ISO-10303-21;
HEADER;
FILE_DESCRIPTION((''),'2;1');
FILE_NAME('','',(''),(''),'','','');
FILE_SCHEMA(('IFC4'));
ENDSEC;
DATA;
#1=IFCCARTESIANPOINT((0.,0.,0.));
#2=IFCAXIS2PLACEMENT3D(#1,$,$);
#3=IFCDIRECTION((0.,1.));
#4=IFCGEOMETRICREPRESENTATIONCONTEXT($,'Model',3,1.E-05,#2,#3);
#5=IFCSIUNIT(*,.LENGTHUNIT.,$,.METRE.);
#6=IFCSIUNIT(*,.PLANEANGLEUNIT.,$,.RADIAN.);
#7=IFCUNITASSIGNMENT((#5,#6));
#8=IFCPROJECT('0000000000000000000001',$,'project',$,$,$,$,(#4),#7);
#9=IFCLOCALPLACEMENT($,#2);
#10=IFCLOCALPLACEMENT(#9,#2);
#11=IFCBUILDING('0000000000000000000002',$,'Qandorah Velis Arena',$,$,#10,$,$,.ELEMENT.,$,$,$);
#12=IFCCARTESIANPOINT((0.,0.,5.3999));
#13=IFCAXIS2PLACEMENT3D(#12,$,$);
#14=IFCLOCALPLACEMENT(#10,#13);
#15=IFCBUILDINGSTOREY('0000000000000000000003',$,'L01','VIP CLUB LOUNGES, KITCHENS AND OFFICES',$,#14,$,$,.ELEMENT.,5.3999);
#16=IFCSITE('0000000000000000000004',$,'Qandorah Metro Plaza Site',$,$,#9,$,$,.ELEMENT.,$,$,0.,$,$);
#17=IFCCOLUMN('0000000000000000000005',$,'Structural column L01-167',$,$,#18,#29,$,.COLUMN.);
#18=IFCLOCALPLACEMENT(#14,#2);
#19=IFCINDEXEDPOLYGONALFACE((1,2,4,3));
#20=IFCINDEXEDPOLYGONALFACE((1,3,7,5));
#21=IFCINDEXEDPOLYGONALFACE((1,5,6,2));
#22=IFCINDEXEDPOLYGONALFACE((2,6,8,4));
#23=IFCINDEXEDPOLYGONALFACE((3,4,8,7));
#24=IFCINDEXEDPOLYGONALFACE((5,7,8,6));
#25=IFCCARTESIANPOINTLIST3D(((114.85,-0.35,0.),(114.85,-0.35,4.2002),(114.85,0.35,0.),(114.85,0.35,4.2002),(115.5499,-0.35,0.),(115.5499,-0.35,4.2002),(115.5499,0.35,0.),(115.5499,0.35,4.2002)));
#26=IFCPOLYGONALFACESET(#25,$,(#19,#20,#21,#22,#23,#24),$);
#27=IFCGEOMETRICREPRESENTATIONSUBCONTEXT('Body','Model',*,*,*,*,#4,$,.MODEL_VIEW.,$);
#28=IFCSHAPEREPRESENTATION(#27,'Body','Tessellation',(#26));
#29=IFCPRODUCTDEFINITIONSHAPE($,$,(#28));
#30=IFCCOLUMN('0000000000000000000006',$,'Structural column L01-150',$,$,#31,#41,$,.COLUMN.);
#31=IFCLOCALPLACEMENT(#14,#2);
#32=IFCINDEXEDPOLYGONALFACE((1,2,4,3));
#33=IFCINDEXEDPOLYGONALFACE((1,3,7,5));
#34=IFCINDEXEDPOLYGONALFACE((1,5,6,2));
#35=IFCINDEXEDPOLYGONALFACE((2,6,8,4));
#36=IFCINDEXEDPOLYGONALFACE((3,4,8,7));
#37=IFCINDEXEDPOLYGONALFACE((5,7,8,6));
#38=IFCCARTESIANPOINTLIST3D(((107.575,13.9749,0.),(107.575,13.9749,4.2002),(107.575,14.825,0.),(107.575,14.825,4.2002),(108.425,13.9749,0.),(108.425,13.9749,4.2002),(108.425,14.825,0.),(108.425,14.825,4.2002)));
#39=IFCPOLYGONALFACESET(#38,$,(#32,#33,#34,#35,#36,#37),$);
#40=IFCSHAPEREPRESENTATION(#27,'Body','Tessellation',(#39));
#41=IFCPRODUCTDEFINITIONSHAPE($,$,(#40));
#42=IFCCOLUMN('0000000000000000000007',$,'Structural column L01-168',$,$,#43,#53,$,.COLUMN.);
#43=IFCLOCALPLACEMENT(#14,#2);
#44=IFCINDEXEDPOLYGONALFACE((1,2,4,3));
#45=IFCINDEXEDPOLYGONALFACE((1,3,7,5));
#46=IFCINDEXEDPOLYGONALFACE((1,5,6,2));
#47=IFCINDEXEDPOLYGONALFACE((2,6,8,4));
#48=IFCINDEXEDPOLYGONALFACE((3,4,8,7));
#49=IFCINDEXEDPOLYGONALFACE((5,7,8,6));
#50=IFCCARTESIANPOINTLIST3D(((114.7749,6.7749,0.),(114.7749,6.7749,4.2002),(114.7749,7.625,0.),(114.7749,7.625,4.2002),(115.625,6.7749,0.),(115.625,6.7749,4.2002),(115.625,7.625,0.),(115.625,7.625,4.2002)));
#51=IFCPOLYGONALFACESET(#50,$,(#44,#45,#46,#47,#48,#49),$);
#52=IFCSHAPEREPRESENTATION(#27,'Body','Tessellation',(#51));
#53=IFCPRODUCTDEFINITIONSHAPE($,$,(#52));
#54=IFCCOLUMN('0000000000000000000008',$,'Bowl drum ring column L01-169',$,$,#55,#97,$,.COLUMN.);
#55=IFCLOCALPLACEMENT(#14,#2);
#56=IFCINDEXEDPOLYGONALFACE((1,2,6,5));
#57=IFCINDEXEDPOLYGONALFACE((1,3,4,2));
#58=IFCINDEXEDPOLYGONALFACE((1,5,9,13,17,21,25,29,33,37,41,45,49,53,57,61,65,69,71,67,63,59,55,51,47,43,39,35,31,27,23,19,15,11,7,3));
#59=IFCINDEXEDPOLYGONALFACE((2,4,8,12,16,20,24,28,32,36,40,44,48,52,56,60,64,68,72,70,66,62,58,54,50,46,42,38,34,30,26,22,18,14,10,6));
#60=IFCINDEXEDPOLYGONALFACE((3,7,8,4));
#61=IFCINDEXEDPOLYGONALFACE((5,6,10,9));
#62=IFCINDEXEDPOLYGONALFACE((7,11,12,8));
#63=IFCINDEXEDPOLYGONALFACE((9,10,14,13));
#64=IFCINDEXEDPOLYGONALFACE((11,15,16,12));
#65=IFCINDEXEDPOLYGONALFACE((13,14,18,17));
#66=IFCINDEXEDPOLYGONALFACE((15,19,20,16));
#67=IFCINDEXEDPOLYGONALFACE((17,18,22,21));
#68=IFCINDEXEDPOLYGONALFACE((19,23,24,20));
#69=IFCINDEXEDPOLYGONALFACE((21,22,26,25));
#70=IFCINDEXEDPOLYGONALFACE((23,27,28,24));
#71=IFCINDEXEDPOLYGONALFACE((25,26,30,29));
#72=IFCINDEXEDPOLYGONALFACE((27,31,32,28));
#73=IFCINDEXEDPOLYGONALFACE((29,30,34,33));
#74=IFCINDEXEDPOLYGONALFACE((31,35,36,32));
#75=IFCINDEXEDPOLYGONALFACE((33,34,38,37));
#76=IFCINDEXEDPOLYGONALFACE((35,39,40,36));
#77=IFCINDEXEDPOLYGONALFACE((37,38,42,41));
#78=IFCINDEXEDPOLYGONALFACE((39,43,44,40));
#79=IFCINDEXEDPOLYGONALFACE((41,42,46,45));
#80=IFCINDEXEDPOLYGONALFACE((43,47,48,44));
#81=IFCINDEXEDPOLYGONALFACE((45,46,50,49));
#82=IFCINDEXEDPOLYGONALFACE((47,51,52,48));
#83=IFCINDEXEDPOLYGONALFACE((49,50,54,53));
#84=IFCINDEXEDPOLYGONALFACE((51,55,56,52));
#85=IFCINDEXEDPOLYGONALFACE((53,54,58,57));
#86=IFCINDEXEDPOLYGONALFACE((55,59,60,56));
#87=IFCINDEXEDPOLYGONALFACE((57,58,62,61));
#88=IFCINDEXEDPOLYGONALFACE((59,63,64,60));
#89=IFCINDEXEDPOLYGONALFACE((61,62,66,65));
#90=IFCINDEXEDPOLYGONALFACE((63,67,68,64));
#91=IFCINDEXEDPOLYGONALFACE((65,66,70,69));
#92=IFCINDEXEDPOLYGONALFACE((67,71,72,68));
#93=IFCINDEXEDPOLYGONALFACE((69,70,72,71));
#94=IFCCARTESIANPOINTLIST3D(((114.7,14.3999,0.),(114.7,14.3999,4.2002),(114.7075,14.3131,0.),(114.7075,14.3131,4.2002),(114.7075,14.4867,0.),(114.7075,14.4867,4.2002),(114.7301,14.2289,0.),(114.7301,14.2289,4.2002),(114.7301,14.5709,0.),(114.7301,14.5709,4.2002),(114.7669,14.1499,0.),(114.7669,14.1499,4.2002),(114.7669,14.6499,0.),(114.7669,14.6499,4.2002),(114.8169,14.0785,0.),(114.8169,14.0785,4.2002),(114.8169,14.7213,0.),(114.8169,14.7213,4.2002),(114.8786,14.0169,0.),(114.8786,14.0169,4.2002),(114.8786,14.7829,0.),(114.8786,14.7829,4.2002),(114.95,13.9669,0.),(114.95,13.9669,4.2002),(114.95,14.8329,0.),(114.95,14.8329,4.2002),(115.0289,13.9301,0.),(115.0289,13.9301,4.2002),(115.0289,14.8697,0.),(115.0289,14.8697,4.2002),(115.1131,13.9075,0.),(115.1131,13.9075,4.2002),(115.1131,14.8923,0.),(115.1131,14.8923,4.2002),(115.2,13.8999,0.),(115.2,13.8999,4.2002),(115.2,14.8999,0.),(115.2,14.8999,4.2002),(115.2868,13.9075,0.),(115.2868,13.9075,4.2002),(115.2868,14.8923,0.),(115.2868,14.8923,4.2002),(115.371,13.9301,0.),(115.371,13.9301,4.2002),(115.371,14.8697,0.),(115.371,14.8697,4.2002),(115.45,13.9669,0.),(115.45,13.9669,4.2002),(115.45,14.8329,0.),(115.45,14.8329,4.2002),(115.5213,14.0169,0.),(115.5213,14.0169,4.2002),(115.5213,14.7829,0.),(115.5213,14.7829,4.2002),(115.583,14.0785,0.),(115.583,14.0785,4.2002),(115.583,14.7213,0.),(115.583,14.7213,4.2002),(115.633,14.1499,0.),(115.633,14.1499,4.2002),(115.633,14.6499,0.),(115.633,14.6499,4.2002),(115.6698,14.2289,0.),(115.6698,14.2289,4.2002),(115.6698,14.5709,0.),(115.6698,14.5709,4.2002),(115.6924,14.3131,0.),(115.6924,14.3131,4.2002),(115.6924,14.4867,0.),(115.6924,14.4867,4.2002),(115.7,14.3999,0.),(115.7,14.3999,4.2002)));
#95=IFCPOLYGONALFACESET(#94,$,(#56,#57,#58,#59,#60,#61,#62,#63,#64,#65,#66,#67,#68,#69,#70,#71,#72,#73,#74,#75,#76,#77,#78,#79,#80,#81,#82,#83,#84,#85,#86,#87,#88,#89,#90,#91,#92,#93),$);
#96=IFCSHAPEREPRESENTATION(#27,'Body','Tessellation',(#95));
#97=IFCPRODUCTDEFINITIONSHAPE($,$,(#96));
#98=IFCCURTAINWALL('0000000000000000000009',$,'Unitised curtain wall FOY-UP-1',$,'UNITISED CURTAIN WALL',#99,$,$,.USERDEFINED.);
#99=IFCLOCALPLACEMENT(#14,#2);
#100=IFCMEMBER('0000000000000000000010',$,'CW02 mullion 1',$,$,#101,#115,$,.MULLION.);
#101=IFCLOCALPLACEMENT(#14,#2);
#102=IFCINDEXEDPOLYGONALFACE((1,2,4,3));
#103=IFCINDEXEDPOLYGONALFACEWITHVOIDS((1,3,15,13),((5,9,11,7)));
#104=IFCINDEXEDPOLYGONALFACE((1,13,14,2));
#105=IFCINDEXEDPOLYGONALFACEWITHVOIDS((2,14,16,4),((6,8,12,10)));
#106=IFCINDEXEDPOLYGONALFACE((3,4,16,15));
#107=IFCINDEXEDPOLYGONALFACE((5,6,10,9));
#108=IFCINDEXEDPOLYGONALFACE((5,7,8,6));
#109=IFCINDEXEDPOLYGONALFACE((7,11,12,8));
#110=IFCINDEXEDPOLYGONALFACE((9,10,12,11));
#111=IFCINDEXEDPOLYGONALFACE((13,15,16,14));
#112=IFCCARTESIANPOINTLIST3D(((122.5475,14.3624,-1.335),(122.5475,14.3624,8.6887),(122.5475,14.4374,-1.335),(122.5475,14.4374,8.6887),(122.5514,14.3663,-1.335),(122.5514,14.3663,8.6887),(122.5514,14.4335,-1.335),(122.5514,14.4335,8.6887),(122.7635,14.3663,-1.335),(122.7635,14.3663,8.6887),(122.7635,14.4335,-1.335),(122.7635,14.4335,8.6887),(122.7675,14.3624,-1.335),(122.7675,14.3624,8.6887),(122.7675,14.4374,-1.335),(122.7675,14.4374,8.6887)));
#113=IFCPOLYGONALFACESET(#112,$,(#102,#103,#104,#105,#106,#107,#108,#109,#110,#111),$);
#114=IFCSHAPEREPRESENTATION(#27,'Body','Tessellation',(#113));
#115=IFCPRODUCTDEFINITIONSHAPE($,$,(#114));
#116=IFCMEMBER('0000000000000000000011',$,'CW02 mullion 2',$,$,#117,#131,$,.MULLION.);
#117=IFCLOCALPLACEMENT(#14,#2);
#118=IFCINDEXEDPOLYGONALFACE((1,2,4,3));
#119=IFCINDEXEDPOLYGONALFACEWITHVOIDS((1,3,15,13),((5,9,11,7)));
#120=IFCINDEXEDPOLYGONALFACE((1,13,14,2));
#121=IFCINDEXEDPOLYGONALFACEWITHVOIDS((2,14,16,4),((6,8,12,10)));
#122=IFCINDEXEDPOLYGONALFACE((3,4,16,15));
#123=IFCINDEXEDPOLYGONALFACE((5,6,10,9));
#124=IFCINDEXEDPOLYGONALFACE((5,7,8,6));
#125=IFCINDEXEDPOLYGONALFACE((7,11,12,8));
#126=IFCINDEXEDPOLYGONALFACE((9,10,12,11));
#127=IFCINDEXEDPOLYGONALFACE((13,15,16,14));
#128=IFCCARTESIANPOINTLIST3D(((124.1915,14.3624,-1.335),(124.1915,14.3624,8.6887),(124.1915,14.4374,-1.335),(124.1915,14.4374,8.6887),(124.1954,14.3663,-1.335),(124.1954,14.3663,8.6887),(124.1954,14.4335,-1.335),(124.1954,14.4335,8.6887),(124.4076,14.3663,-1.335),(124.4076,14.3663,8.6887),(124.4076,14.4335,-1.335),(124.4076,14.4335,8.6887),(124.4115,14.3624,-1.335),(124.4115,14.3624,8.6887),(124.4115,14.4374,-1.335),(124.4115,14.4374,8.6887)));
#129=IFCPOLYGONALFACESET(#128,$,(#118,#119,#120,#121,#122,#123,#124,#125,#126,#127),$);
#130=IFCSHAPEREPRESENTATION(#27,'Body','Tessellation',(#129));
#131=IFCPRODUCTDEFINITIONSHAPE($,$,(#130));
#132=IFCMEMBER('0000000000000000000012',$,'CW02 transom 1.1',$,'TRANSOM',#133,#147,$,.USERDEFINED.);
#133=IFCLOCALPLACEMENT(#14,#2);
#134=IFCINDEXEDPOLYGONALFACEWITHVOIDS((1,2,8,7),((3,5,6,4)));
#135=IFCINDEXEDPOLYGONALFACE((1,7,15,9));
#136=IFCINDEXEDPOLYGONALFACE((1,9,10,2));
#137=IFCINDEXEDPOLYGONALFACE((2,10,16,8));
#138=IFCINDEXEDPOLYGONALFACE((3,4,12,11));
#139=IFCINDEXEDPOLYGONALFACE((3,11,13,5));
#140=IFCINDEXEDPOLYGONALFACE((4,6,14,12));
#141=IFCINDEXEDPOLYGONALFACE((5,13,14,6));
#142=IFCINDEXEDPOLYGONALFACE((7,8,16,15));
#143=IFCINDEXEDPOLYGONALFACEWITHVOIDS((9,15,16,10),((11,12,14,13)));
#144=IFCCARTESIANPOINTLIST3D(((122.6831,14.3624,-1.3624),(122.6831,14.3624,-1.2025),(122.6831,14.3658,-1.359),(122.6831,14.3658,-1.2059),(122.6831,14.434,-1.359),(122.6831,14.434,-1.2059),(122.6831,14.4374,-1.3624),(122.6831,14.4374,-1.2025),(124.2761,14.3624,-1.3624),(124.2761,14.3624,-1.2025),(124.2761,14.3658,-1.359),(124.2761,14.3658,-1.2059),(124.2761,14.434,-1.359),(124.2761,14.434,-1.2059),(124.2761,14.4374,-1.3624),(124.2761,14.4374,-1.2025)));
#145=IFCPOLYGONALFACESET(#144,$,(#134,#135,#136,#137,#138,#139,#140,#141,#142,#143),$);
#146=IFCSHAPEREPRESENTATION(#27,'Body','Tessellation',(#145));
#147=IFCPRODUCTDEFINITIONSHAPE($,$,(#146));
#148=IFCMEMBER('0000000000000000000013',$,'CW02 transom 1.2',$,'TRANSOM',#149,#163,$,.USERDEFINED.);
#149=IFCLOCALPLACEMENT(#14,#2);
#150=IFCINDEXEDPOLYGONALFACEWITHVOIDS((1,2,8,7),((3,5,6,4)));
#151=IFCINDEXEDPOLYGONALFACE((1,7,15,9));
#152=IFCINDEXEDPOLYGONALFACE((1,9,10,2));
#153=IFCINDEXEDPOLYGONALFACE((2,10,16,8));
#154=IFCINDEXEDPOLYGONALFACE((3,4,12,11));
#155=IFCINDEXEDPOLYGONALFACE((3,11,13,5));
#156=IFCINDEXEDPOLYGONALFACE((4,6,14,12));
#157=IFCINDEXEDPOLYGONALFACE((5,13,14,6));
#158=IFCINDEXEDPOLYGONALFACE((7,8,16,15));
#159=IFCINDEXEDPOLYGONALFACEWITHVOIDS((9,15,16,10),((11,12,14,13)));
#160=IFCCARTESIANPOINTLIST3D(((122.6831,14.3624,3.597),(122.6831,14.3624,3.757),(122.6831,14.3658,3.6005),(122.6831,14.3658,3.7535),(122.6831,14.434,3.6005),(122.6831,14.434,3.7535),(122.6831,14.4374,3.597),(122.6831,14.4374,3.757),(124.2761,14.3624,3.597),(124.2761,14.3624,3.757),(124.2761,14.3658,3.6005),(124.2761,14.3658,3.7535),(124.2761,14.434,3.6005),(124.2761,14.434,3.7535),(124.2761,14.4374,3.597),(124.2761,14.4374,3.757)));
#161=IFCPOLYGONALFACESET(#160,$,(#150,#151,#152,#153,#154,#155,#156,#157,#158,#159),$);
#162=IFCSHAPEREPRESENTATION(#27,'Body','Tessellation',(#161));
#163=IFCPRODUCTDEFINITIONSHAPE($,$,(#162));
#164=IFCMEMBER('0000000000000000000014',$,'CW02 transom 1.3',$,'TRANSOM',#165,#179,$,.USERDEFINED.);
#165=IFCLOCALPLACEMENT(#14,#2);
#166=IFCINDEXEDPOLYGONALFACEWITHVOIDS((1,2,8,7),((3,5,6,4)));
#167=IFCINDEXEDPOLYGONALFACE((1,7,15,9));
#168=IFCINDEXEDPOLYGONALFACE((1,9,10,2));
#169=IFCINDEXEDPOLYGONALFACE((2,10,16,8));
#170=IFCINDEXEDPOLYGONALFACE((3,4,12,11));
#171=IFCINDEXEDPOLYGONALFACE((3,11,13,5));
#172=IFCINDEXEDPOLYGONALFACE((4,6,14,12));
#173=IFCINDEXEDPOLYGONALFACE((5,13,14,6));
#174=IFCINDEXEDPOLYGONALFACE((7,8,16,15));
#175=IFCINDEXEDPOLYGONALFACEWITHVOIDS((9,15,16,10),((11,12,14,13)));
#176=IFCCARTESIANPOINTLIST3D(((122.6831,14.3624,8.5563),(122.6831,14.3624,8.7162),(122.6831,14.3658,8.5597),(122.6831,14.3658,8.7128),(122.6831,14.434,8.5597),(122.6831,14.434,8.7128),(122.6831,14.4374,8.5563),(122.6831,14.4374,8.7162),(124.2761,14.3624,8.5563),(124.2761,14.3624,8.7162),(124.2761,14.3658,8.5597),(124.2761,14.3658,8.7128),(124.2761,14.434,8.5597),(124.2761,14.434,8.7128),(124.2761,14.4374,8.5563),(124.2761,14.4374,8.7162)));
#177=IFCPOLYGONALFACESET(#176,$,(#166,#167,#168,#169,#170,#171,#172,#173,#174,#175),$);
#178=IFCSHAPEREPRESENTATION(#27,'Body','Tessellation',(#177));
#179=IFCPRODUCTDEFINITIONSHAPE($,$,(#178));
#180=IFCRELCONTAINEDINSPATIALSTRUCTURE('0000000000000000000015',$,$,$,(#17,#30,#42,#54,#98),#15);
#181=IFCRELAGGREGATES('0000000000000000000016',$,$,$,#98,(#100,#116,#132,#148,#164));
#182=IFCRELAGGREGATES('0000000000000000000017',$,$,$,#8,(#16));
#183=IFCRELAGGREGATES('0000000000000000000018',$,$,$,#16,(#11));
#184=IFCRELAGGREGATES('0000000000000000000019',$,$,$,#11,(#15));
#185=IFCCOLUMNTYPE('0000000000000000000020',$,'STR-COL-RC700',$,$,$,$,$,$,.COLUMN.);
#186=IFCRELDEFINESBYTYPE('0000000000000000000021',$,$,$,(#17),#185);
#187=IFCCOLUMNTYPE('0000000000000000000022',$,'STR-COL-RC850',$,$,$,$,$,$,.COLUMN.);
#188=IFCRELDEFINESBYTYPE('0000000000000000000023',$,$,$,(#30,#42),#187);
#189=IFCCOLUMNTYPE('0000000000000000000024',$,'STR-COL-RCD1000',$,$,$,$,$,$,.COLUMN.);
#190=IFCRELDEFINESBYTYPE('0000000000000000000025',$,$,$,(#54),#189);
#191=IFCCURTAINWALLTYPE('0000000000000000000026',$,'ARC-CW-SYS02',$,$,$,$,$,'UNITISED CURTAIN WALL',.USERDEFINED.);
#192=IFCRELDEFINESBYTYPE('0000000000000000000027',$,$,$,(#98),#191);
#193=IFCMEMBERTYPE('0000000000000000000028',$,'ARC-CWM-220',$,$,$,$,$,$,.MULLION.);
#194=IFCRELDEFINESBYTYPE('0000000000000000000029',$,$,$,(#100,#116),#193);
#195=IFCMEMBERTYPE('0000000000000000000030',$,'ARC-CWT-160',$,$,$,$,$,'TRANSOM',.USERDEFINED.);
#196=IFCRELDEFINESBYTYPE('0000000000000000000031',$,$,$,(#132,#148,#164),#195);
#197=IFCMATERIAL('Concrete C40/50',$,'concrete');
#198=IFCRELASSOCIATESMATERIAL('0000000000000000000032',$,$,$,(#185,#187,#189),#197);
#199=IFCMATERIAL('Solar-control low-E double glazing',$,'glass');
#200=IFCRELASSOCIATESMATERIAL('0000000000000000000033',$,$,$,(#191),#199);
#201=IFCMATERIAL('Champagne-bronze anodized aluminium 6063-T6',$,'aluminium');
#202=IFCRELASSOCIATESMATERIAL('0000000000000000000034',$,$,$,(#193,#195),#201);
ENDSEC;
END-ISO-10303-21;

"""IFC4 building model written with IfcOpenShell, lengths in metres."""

from ifc_helpers import new_model, si_unit, direction, frame, origin, origin_2d, place, context, subcontext, project, spatial, rectangle, hollow_rectangle, circle, extrude, material, material_profile, profile_set, type_object, element, aggregate, save


model = new_model("IFC4")

# Units and contexts
model_context = context("Model", 3, precision=1e-05, world=origin(), true_north=direction((0.0, 1.0)))
body_context = subcontext(model_context, "Body", "Model", "MODEL_VIEW")
ifc_project = project(units=[si_unit("LENGTHUNIT", "METRE"), si_unit("PLANEANGLEUNIT", "RADIAN")], contexts=[model_context])

# Site, building, storey
site_placement = place(None, origin())
site = spatial("IfcSite", under=ifc_project, at=site_placement, Name="Qandorah Metro Plaza Site", CompositionType="ELEMENT", RefElevation=0.0)
building_placement = place(site_placement, origin())
building = spatial("IfcBuilding", under=site, at=building_placement, Name="Qandorah Velis Arena", CompositionType="ELEMENT")
storey_placement = place(building_placement, frame((0.0, 0.0, 5.3999)))
storey = spatial("IfcBuildingStorey", under=building, at=storey_placement, Name="L01", Description="VIP CLUB LOUNGES, KITCHENS AND OFFICES", CompositionType="ELEMENT", Elevation=5.3999)

# Columns
ifc_material_1 = material(Name="Concrete C40/50", Category="concrete")
ifc_material_profile_1 = material_profile(ifc_material_1, rectangle(XDim=0.7, YDim=0.7, at=origin_2d()), Name="RC COL 700x700")
ifc_profile_set_1 = profile_set([ifc_material_profile_1], Name="Concrete C40/50")
column_type_1 = type_object("IfcColumnType", Name="STR-COL-RC700", PredefinedType="COLUMN", material=ifc_profile_set_1)
column_1_placement = place(storey_placement, frame((115.2, 0.0, 0.0), z_axis=(0.0, 0.0, 1.0), x_axis=(1.0, 0.0, 0.0)))
element("IfcColumn", 1, at=column_1_placement, inside=storey, type_object=column_type_1, Name="Structural column L01-167", PredefinedType="COLUMN", context=body_context, shape_type="SweptSolid", body=[
    extrude(rectangle(XDim=0.7, YDim=0.7, at=origin_2d()), origin(), (0.0, 0.0, 1.0), 4.2002),
])
ifc_material_profile_2 = material_profile(ifc_material_1, rectangle(XDim=0.8501, YDim=0.8501, at=origin_2d()), Name="RC COL 850x850")
ifc_profile_set_2 = profile_set([ifc_material_profile_2], Name="Concrete C40/50")
column_type_2 = type_object("IfcColumnType", Name="STR-COL-RC850", PredefinedType="COLUMN", material=ifc_profile_set_2)
for number, where, z_axis, x_axis, name in (
    (2, (108.0, 14.3999, 0.0), (0.0, 0.0, 1.0), (1.0, 0.0, 0.0), "Structural column L01-150"),
    (3, (115.2, 7.2, 0.0), (0.0, 0.0, 1.0), (1.0, 0.0, 0.0), "Structural column L01-168"),
):
    element("IfcColumn", number, at=place(storey_placement, frame(where, z_axis=z_axis, x_axis=x_axis)), inside=storey, type_object=column_type_2, Name=name, PredefinedType="COLUMN", context=body_context, shape_type="SweptSolid", body=[
        extrude(rectangle(XDim=0.8501, YDim=0.8501, at=origin_2d()), origin(), (0.0, 0.0, 1.0), 4.2002),
    ])
ifc_material_profile_3 = material_profile(ifc_material_1, circle(Radius=0.5, at=origin_2d()), Name="RC D1000")
ifc_profile_set_3 = profile_set([ifc_material_profile_3], Name="Concrete C40/50")
column_type_3 = type_object("IfcColumnType", Name="STR-COL-RCD1000", PredefinedType="COLUMN", material=ifc_profile_set_3)
column_2_placement = place(storey_placement, frame((115.2, 14.3999, 0.0), z_axis=(0.0, 0.0, 1.0), x_axis=(1.0, 0.0, 0.0)))
element("IfcColumn", 4, at=column_2_placement, inside=storey, type_object=column_type_3, Name="Bowl drum ring column L01-169", PredefinedType="COLUMN", context=body_context, shape_type="SweptSolid", body=[
    extrude(circle(Radius=0.5, at=origin_2d()), origin(), (0.0, 0.0, 1.0), 4.2002),
])

# Curtain wall, members
ifc_material_2 = material(Name="Solar-control low-E double glazing", Category="glass")
curtain_wall_type = type_object("IfcCurtainWallType", Name="ARC-CW-SYS02", ElementType="UNITISED CURTAIN WALL", PredefinedType="USERDEFINED", material=ifc_material_2)
curtain_wall_placement = place(storey_placement, origin())
curtain_wall = element("IfcCurtainWall", 5, at=curtain_wall_placement, inside=storey, type_object=curtain_wall_type, Name="Unitised curtain wall FOY-UP-1", ObjectType="UNITISED CURTAIN WALL", PredefinedType="USERDEFINED")
ifc_material_3 = material(Name="Champagne-bronze anodized aluminium 6063-T6", Category="aluminium")
ifc_material_profile_4 = material_profile(ifc_material_3, hollow_rectangle(XDim=0.075, YDim=0.22, WallThickness=0.0039, at=origin_2d()), Name="ALU MULLION 75x220")
ifc_profile_set_4 = profile_set([ifc_material_profile_4], Name="Champagne-bronze anodized aluminium 6063-T6")
member_type_1 = type_object("IfcMemberType", Name="ARC-CWM-220", PredefinedType="MULLION", material=ifc_profile_set_4)
member_1_placement = place(storey_placement, frame((122.6575, 14.3999, -1.335), z_axis=(0.0, 0.0, 1.0), x_axis=(0.0, 1.0, 0.0)))
member_1 = element("IfcMember", 6, at=member_1_placement, type_object=member_type_1, Name="CW02 mullion 1", PredefinedType="MULLION", context=body_context, shape_type="SweptSolid", body=[
    extrude(hollow_rectangle(XDim=0.075, YDim=0.22, WallThickness=0.0039, at=origin_2d()), origin(), (0.0, 0.0, 1.0), 10.0237),
])
member_2_placement = place(storey_placement, frame((124.3015, 14.3999, -1.335), z_axis=(0.0, 0.0, 1.0), x_axis=(0.0, 1.0, 0.0)))
member_2 = element("IfcMember", 7, at=member_2_placement, type_object=member_type_1, Name="CW02 mullion 2", PredefinedType="MULLION", context=body_context, shape_type="SweptSolid", body=[
    extrude(hollow_rectangle(XDim=0.075, YDim=0.22, WallThickness=0.0039, at=origin_2d()), origin(), (0.0, 0.0, 1.0), 10.0237),
])
ifc_material_profile_5 = material_profile(ifc_material_3, hollow_rectangle(XDim=0.075, YDim=0.1599, WallThickness=0.0034, at=origin_2d()), Name="ALU TRANSOM 75x160")
ifc_profile_set_5 = profile_set([ifc_material_profile_5], Name="Champagne-bronze anodized aluminium 6063-T6")
member_type_2 = type_object("IfcMemberType", Name="ARC-CWT-160", ElementType="TRANSOM", PredefinedType="USERDEFINED", material=ifc_profile_set_5)
member_3_placement = place(storey_placement, frame((122.6831, 14.3999, -1.2825), z_axis=(1.0, 0.0, 0.0), x_axis=(0.0, 1.0, 0.0)))
member_3 = element("IfcMember", 8, at=member_3_placement, type_object=member_type_2, Name="CW02 transom 1.1", ObjectType="TRANSOM", PredefinedType="USERDEFINED", context=body_context, shape_type="SweptSolid", body=[
    extrude(hollow_rectangle(XDim=0.075, YDim=0.1599, WallThickness=0.0034, at=origin_2d()), origin(), (0.0, 0.0, 1.0), 1.593),
])
member_4_placement = place(storey_placement, frame((122.6831, 14.3999, 3.677), z_axis=(1.0, 0.0, 0.0), x_axis=(0.0, 1.0, 0.0)))
member_4 = element("IfcMember", 9, at=member_4_placement, type_object=member_type_2, Name="CW02 transom 1.2", ObjectType="TRANSOM", PredefinedType="USERDEFINED", context=body_context, shape_type="SweptSolid", body=[
    extrude(hollow_rectangle(XDim=0.075, YDim=0.1599, WallThickness=0.0034, at=origin_2d()), origin(), (0.0, 0.0, 1.0), 1.593),
])
member_5_placement = place(storey_placement, frame((122.6831, 14.3999, 8.6362), z_axis=(1.0, 0.0, 0.0), x_axis=(0.0, 1.0, 0.0)))
member_5 = element("IfcMember", 10, at=member_5_placement, type_object=member_type_2, Name="CW02 transom 1.3", ObjectType="TRANSOM", PredefinedType="USERDEFINED", context=body_context, shape_type="SweptSolid", body=[
    extrude(hollow_rectangle(XDim=0.075, YDim=0.1599, WallThickness=0.0034, at=origin_2d()), origin(), (0.0, 0.0, 1.0), 1.593),
])

aggregate(curtain_wall, [member_1, member_2, member_3, member_4, member_5])

save(model, "model.ifc")
